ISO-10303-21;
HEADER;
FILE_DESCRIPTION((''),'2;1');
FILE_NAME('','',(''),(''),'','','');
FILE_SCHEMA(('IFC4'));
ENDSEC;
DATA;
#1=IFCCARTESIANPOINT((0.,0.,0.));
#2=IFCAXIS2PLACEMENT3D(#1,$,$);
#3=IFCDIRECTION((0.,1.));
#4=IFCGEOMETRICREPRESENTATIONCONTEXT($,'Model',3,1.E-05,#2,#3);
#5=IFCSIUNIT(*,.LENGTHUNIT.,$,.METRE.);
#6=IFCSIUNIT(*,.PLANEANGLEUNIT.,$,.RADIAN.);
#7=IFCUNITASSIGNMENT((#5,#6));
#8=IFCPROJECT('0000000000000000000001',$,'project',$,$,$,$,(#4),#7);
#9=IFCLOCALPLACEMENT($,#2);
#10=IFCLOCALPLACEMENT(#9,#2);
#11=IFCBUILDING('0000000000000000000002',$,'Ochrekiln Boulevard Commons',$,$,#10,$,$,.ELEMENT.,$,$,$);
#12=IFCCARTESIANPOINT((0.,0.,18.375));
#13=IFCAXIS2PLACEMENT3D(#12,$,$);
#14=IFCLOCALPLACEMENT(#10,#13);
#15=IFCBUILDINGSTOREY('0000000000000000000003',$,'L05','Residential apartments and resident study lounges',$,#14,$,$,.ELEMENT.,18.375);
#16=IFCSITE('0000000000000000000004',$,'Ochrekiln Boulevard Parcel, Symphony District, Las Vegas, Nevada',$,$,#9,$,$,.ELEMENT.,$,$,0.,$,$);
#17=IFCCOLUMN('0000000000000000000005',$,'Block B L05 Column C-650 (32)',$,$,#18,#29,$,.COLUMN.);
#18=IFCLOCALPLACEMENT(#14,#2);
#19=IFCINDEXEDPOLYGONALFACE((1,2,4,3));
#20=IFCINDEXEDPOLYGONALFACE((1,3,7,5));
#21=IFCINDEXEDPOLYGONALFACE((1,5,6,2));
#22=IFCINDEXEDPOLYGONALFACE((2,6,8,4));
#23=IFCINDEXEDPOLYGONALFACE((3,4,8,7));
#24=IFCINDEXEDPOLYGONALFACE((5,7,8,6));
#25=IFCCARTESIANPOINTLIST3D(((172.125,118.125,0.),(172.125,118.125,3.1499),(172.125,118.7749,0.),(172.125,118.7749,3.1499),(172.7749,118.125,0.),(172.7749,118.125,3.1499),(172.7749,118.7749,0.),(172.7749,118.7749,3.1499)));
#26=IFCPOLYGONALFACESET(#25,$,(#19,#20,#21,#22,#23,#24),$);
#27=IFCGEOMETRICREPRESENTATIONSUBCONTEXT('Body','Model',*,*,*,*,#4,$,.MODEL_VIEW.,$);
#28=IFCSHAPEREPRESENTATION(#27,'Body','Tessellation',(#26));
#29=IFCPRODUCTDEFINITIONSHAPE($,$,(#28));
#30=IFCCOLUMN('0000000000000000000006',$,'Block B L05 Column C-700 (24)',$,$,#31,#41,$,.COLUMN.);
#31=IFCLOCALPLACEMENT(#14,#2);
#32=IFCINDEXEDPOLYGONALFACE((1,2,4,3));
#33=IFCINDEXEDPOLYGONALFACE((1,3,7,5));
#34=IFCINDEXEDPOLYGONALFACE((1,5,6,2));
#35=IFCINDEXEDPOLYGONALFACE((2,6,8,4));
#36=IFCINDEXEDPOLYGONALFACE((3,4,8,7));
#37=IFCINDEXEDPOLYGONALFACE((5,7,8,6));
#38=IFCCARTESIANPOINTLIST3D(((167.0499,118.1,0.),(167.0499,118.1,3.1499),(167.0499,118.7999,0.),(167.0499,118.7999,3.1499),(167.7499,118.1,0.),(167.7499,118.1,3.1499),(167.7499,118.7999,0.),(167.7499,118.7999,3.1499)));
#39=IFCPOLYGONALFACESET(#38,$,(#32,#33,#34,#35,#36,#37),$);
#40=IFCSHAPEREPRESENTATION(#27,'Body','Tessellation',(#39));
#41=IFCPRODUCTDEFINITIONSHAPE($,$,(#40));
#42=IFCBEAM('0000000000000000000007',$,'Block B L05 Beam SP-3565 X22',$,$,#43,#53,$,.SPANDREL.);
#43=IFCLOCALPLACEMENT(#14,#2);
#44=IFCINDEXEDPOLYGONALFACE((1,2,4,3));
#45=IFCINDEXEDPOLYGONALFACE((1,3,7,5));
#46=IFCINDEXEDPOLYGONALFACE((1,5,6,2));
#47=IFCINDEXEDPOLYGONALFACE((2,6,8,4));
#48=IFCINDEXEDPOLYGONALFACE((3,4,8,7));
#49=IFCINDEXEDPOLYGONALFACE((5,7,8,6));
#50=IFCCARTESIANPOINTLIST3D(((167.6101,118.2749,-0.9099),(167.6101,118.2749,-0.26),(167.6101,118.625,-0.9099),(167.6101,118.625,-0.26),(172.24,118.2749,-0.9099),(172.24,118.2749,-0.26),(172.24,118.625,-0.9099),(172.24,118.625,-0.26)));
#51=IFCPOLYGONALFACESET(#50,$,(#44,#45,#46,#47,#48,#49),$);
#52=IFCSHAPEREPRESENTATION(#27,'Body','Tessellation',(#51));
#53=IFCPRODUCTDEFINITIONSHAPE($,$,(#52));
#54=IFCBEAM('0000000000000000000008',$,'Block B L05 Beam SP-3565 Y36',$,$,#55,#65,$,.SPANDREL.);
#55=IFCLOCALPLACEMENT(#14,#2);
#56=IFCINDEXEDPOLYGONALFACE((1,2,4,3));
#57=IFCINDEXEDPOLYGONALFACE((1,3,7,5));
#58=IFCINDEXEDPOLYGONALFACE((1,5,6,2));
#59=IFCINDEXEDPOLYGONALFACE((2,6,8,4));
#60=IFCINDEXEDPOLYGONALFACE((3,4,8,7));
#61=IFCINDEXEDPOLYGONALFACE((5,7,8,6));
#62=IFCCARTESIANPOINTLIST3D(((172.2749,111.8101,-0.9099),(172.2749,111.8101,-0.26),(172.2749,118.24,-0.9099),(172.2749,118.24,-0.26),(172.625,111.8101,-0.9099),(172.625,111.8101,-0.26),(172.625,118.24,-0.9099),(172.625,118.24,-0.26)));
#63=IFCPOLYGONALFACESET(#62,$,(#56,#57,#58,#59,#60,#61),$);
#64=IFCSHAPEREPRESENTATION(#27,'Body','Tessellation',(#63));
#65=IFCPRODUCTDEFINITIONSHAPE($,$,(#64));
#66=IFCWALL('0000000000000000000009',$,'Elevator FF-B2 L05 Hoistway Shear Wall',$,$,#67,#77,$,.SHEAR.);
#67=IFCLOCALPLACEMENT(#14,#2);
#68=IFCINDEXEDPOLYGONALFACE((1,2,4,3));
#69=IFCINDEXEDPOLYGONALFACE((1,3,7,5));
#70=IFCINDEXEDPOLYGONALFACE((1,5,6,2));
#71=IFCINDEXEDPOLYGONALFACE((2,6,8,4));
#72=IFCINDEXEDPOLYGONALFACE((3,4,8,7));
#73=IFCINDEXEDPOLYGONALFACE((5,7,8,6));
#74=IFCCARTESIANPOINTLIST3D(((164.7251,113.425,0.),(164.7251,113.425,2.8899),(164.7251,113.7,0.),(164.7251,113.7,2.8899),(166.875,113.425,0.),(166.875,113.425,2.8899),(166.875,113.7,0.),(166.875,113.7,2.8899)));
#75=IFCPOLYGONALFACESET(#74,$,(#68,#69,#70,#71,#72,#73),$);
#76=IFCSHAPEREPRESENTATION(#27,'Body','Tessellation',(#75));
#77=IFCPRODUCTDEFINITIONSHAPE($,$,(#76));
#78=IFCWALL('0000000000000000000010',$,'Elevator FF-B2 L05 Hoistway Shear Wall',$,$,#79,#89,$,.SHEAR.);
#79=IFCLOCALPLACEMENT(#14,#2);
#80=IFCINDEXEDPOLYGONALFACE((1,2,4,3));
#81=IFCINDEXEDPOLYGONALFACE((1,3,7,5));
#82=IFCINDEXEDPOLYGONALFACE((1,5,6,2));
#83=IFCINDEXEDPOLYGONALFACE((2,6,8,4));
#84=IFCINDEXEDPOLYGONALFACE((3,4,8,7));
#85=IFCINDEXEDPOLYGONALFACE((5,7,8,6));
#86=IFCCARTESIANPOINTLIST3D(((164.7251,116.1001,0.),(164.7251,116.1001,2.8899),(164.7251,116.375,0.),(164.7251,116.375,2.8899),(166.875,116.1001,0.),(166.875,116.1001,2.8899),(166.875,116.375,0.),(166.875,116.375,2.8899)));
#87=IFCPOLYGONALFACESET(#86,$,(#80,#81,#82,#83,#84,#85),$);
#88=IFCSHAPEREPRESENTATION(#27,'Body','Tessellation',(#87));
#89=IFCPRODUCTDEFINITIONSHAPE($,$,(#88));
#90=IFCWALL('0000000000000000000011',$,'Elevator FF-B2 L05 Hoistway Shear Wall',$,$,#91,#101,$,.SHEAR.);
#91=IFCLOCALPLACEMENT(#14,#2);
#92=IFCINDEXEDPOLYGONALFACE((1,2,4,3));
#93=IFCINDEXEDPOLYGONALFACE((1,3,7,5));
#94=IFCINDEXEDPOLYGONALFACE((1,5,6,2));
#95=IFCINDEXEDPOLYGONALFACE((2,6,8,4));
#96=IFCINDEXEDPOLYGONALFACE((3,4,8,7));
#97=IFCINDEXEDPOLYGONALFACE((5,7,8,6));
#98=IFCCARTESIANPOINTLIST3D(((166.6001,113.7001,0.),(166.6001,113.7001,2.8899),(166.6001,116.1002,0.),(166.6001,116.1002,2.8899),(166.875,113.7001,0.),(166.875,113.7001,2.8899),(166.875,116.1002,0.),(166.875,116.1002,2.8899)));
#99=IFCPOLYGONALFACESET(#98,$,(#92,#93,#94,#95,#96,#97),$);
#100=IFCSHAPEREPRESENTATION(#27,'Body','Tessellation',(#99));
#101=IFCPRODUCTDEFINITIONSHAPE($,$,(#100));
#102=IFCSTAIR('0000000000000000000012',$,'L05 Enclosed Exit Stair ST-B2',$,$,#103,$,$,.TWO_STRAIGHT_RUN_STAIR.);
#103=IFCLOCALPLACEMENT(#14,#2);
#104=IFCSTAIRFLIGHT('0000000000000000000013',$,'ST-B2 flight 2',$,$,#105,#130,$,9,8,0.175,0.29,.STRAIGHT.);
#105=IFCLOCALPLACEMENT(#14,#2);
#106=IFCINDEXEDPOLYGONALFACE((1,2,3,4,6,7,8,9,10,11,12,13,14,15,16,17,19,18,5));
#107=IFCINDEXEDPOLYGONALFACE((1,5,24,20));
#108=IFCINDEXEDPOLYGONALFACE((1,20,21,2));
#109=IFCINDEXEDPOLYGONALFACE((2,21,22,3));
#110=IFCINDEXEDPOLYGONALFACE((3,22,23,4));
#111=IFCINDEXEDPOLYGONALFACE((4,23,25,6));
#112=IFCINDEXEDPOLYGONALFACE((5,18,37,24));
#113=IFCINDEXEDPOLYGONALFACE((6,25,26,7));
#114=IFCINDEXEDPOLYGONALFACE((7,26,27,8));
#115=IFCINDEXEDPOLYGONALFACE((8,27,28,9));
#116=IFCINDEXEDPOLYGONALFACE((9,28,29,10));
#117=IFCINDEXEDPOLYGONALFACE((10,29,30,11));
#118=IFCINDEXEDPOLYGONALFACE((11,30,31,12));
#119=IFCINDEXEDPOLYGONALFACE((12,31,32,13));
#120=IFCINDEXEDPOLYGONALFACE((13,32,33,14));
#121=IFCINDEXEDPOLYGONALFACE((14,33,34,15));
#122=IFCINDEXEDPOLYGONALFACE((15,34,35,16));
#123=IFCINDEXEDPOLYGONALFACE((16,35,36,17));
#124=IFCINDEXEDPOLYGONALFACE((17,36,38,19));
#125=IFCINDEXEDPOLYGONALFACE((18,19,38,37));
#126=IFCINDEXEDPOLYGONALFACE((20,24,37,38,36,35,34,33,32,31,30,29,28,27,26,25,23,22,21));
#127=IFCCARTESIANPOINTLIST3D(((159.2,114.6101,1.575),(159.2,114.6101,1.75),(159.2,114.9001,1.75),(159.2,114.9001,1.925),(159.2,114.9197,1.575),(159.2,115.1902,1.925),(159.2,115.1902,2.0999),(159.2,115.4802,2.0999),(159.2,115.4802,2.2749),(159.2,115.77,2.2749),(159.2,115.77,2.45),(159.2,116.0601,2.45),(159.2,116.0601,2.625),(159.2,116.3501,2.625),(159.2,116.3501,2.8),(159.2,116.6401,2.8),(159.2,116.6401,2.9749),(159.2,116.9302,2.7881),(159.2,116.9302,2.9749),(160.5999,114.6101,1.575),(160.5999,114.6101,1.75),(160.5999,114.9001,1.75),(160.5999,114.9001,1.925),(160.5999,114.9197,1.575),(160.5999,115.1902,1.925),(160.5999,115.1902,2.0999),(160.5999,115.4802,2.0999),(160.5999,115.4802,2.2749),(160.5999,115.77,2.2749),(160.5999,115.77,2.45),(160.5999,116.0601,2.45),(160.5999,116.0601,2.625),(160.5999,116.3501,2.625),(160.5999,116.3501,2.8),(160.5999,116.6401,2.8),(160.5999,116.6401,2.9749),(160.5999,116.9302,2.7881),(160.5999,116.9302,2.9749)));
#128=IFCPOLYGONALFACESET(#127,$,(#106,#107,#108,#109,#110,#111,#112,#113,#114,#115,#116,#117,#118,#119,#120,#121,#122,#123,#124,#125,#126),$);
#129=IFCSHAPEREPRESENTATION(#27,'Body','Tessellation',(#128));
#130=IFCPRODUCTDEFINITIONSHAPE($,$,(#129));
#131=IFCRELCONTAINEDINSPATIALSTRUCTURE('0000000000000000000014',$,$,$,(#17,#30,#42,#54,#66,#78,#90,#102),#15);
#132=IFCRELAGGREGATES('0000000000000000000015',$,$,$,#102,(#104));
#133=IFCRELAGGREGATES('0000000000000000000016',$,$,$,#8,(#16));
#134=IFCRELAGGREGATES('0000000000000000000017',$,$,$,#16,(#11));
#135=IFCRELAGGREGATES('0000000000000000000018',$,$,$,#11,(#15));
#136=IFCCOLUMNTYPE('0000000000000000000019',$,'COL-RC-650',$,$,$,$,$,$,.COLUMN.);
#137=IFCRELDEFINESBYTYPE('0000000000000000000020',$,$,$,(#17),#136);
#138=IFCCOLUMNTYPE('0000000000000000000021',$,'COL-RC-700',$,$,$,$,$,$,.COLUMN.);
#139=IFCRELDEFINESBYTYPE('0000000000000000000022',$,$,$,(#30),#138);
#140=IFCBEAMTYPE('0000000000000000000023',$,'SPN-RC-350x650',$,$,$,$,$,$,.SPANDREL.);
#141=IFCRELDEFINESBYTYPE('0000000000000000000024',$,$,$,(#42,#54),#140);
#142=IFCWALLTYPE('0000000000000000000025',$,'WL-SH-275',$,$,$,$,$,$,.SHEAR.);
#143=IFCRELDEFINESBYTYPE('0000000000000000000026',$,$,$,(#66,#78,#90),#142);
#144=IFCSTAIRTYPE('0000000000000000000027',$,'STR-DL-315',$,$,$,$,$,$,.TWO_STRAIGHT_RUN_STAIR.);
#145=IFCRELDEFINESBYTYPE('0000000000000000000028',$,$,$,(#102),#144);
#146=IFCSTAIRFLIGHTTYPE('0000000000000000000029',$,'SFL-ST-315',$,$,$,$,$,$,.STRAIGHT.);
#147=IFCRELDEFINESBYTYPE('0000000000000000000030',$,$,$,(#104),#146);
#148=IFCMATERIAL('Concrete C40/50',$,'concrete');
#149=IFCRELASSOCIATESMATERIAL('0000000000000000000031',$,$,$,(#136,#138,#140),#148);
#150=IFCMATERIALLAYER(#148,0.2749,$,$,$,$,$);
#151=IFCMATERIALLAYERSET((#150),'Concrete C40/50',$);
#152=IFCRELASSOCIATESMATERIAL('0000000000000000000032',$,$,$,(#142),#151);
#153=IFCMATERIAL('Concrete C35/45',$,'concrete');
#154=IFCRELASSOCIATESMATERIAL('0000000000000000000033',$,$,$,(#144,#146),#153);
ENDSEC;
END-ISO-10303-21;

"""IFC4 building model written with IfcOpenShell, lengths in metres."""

from ifc_helpers import new_model, si_unit, direction, frame, frame_2d, origin, origin_2d, place, context, subcontext, project, spatial, polyline, rectangle, outline, extrude, material, layer, layer_set, material_profile, profile_set, type_object, element, aggregate, save


model = new_model("IFC4")

# Units and contexts
model_context = context("Model", 3, precision=1e-05, world=origin(), true_north=direction((0.0, 1.0)))
body_context = subcontext(model_context, "Body", "Model", "MODEL_VIEW")
ifc_project = project(units=[si_unit("LENGTHUNIT", "METRE"), si_unit("PLANEANGLEUNIT", "RADIAN")], contexts=[model_context])

# Site, building, storey
site_placement = place(None, origin())
site = spatial("IfcSite", under=ifc_project, at=site_placement, Name="Ochrekiln Boulevard Parcel, Symphony District, Las Vegas, Nevada", CompositionType="ELEMENT", RefElevation=0.0)
building_placement = place(site_placement, origin())
building = spatial("IfcBuilding", under=site, at=building_placement, Name="Ochrekiln Boulevard Commons", CompositionType="ELEMENT")
storey_placement = place(building_placement, frame((0.0, 0.0, 18.375)))
storey = spatial("IfcBuildingStorey", under=building, at=storey_placement, Name="L05", Description="Residential apartments and resident study lounges", CompositionType="ELEMENT", Elevation=18.375)

# Columns
ifc_material_1 = material(Name="Concrete C40/50", Category="concrete")
ifc_material_profile_1 = material_profile(ifc_material_1, rectangle(XDim=0.6499, YDim=0.6499, at=origin_2d()), Name="RC-COL-650x650")
ifc_profile_set_1 = profile_set([ifc_material_profile_1], Name="Concrete C40/50")
column_type_1 = type_object("IfcColumnType", Name="COL-RC-650", PredefinedType="COLUMN", material=ifc_profile_set_1)
column_1_placement = place(storey_placement, frame((172.45, 118.45, 0.0), z_axis=(0.0, 0.0, 1.0), x_axis=(1.0, 0.0, 0.0)))
element("IfcColumn", 1, at=column_1_placement, inside=storey, type_object=column_type_1, Name="Block B L05 Column C-650 (32)", PredefinedType="COLUMN", context=body_context, shape_type="SweptSolid", body=[
    extrude(rectangle(XDim=0.6499, YDim=0.6499, at=origin_2d()), origin(), (0.0, 0.0, 1.0), 3.1499),
])
ifc_material_profile_2 = material_profile(ifc_material_1, rectangle(XDim=0.7, YDim=0.7, at=origin_2d()), Name="RC-COL-700x700")
ifc_profile_set_2 = profile_set([ifc_material_profile_2], Name="Concrete C40/50")
column_type_2 = type_object("IfcColumnType", Name="COL-RC-700", PredefinedType="COLUMN", material=ifc_profile_set_2)
column_2_placement = place(storey_placement, frame((167.3999, 118.45, 0.0), z_axis=(0.0, 0.0, 1.0), x_axis=(1.0, 0.0, 0.0)))
element("IfcColumn", 2, at=column_2_placement, inside=storey, type_object=column_type_2, Name="Block B L05 Column C-700 (24)", PredefinedType="COLUMN", context=body_context, shape_type="SweptSolid", body=[
    extrude(rectangle(XDim=0.7, YDim=0.7, at=origin_2d()), origin(), (0.0, 0.0, 1.0), 3.1499),
])

# Beams
ifc_material_profile_3 = material_profile(ifc_material_1, rectangle(XDim=0.3501, YDim=0.6499, at=origin_2d()), Name="RC-SPN-350x650")
ifc_profile_set_3 = profile_set([ifc_material_profile_3], Name="Concrete C40/50")
beam_type = type_object("IfcBeamType", Name="SPN-RC-350x650", PredefinedType="SPANDREL", material=ifc_profile_set_3)
beam_1_placement = place(storey_placement, frame((167.6101, 118.45, -0.585), z_axis=(1.0, 0.0, 0.0), x_axis=(0.0, 1.0, 0.0)))
element("IfcBeam", 3, at=beam_1_placement, inside=storey, type_object=beam_type, Name="Block B L05 Beam SP-3565 X22", PredefinedType="SPANDREL", context=body_context, shape_type="SweptSolid", body=[
    extrude(rectangle(XDim=0.3501, YDim=0.6499, at=origin_2d()), origin(), (0.0, 0.0, 1.0), 4.6299),
])
beam_2_placement = place(storey_placement, frame((172.45, 111.8101, -0.585), z_axis=(0.0, 1.0, 0.0), x_axis=(-1.0, 0.0, 0.0)))
element("IfcBeam", 4, at=beam_2_placement, inside=storey, type_object=beam_type, Name="Block B L05 Beam SP-3565 Y36", PredefinedType="SPANDREL", context=body_context, shape_type="SweptSolid", body=[
    extrude(rectangle(XDim=0.3501, YDim=0.6499, at=origin_2d()), origin(), (0.0, 0.0, 1.0), 6.4299),
])

# Walls
ifc_layer_1 = layer(ifc_material_1, 0.2749)
ifc_layer_set_1 = layer_set([ifc_layer_1], Name="Concrete C40/50")
wall_type_1 = type_object("IfcWallType", Name="WL-SH-275", PredefinedType="SHEAR", material=ifc_layer_set_1)
for number, where, z_axis, x_axis, name in (
    (5, (164.7251, 113.5625, 0.0), (0.0, 0.0, 1.0), (1.0, 0.0, 0.0), "Elevator FF-B2 L05 Hoistway Shear Wall"),
    (6, (164.7251, 116.2375, 0.0), (0.0, 0.0, 1.0), (1.0, 0.0, 0.0), "Elevator FF-B2 L05 Hoistway Shear Wall"),
):
    element("IfcWall", number, at=place(storey_placement, frame(where, z_axis=z_axis, x_axis=x_axis)), inside=storey, type_object=wall_type_1, Name=name, PredefinedType="SHEAR", context=body_context, shape_type="SweptSolid", body=[
        extrude(rectangle(XDim=2.1499, YDim=0.2749, at=frame_2d((1.075, 0.0))), origin(), (0.0, 0.0, 1.0), 2.8899),
    ])

# Wall
wall_1_placement = place(storey_placement, frame((166.7375, 113.7, 0.0), z_axis=(0.0, 0.0, 1.0), x_axis=(0.0, 1.0, 0.0)))
element("IfcWall", 7, at=wall_1_placement, inside=storey, type_object=wall_type_1, Name="Elevator FF-B2 L05 Hoistway Shear Wall", PredefinedType="SHEAR", context=body_context, shape_type="SweptSolid", body=[
    extrude(rectangle(XDim=2.4001, YDim=0.2749, at=frame_2d((1.2002, 0.0))), origin(), (0.0, 0.0, 1.0), 2.8899),
])

# Stair, stair flight
ifc_material_2 = material(Name="Concrete C35/45", Category="concrete")
stair_type = type_object("IfcStairType", Name="STR-DL-315", PredefinedType="TWO_STRAIGHT_RUN_STAIR", material=ifc_material_2)
stair_placement = place(storey_placement, origin())
stair = element("IfcStair", 8, at=stair_placement, inside=storey, type_object=stair_type, Name="L05 Enclosed Exit Stair ST-B2", PredefinedType="TWO_STRAIGHT_RUN_STAIR")
stair_flight_type = type_object("IfcStairFlightType", Name="SFL-ST-315", PredefinedType="STRAIGHT", material=ifc_material_2)
stair_flight_placement = place(storey_placement, frame((159.8999, 114.6101, 1.575), z_axis=(0.0, 0.0, 1.0), x_axis=(0.0, 1.0, 0.0)))
stair_flight = element("IfcStairFlight", 9, at=stair_flight_placement, type_object=stair_flight_type, Name="ST-B2 flight 2", NumberOfRisers=9, NumberOfTreads=8, PredefinedType="STRAIGHT", RiserHeight=0.175, TreadLength=0.29, context=body_context, shape_type="SweptSolid", body=[
    extrude(outline(polyline([(0.0, 0.0), (0.0, 0.175), (0.29, 0.175), (0.29, 0.3501), (0.5801, 0.3501), (0.5801, 0.5249), (0.8701, 0.5249), (0.8701, 0.7), (1.1599, 0.7), (1.1599, 0.875), (1.45, 0.875), (1.45, 1.05), (1.74, 1.05), (1.74, 1.2251), (2.03, 1.2251), (2.03, 1.3999), (2.3201, 1.3999), (2.3201, 1.575), (2.3201, 1.2131), (0.3096, 0.0), (0.0, 0.0)])), frame((0.0, 0.7, 0.0), z_axis=(0.0, -1.0, 0.0), x_axis=(1.0, 0.0, 0.0)), (0.0, 0.0, 1.0), 1.3999),
])
aggregate(stair, [stair_flight])

save(model, "model.ifc")
